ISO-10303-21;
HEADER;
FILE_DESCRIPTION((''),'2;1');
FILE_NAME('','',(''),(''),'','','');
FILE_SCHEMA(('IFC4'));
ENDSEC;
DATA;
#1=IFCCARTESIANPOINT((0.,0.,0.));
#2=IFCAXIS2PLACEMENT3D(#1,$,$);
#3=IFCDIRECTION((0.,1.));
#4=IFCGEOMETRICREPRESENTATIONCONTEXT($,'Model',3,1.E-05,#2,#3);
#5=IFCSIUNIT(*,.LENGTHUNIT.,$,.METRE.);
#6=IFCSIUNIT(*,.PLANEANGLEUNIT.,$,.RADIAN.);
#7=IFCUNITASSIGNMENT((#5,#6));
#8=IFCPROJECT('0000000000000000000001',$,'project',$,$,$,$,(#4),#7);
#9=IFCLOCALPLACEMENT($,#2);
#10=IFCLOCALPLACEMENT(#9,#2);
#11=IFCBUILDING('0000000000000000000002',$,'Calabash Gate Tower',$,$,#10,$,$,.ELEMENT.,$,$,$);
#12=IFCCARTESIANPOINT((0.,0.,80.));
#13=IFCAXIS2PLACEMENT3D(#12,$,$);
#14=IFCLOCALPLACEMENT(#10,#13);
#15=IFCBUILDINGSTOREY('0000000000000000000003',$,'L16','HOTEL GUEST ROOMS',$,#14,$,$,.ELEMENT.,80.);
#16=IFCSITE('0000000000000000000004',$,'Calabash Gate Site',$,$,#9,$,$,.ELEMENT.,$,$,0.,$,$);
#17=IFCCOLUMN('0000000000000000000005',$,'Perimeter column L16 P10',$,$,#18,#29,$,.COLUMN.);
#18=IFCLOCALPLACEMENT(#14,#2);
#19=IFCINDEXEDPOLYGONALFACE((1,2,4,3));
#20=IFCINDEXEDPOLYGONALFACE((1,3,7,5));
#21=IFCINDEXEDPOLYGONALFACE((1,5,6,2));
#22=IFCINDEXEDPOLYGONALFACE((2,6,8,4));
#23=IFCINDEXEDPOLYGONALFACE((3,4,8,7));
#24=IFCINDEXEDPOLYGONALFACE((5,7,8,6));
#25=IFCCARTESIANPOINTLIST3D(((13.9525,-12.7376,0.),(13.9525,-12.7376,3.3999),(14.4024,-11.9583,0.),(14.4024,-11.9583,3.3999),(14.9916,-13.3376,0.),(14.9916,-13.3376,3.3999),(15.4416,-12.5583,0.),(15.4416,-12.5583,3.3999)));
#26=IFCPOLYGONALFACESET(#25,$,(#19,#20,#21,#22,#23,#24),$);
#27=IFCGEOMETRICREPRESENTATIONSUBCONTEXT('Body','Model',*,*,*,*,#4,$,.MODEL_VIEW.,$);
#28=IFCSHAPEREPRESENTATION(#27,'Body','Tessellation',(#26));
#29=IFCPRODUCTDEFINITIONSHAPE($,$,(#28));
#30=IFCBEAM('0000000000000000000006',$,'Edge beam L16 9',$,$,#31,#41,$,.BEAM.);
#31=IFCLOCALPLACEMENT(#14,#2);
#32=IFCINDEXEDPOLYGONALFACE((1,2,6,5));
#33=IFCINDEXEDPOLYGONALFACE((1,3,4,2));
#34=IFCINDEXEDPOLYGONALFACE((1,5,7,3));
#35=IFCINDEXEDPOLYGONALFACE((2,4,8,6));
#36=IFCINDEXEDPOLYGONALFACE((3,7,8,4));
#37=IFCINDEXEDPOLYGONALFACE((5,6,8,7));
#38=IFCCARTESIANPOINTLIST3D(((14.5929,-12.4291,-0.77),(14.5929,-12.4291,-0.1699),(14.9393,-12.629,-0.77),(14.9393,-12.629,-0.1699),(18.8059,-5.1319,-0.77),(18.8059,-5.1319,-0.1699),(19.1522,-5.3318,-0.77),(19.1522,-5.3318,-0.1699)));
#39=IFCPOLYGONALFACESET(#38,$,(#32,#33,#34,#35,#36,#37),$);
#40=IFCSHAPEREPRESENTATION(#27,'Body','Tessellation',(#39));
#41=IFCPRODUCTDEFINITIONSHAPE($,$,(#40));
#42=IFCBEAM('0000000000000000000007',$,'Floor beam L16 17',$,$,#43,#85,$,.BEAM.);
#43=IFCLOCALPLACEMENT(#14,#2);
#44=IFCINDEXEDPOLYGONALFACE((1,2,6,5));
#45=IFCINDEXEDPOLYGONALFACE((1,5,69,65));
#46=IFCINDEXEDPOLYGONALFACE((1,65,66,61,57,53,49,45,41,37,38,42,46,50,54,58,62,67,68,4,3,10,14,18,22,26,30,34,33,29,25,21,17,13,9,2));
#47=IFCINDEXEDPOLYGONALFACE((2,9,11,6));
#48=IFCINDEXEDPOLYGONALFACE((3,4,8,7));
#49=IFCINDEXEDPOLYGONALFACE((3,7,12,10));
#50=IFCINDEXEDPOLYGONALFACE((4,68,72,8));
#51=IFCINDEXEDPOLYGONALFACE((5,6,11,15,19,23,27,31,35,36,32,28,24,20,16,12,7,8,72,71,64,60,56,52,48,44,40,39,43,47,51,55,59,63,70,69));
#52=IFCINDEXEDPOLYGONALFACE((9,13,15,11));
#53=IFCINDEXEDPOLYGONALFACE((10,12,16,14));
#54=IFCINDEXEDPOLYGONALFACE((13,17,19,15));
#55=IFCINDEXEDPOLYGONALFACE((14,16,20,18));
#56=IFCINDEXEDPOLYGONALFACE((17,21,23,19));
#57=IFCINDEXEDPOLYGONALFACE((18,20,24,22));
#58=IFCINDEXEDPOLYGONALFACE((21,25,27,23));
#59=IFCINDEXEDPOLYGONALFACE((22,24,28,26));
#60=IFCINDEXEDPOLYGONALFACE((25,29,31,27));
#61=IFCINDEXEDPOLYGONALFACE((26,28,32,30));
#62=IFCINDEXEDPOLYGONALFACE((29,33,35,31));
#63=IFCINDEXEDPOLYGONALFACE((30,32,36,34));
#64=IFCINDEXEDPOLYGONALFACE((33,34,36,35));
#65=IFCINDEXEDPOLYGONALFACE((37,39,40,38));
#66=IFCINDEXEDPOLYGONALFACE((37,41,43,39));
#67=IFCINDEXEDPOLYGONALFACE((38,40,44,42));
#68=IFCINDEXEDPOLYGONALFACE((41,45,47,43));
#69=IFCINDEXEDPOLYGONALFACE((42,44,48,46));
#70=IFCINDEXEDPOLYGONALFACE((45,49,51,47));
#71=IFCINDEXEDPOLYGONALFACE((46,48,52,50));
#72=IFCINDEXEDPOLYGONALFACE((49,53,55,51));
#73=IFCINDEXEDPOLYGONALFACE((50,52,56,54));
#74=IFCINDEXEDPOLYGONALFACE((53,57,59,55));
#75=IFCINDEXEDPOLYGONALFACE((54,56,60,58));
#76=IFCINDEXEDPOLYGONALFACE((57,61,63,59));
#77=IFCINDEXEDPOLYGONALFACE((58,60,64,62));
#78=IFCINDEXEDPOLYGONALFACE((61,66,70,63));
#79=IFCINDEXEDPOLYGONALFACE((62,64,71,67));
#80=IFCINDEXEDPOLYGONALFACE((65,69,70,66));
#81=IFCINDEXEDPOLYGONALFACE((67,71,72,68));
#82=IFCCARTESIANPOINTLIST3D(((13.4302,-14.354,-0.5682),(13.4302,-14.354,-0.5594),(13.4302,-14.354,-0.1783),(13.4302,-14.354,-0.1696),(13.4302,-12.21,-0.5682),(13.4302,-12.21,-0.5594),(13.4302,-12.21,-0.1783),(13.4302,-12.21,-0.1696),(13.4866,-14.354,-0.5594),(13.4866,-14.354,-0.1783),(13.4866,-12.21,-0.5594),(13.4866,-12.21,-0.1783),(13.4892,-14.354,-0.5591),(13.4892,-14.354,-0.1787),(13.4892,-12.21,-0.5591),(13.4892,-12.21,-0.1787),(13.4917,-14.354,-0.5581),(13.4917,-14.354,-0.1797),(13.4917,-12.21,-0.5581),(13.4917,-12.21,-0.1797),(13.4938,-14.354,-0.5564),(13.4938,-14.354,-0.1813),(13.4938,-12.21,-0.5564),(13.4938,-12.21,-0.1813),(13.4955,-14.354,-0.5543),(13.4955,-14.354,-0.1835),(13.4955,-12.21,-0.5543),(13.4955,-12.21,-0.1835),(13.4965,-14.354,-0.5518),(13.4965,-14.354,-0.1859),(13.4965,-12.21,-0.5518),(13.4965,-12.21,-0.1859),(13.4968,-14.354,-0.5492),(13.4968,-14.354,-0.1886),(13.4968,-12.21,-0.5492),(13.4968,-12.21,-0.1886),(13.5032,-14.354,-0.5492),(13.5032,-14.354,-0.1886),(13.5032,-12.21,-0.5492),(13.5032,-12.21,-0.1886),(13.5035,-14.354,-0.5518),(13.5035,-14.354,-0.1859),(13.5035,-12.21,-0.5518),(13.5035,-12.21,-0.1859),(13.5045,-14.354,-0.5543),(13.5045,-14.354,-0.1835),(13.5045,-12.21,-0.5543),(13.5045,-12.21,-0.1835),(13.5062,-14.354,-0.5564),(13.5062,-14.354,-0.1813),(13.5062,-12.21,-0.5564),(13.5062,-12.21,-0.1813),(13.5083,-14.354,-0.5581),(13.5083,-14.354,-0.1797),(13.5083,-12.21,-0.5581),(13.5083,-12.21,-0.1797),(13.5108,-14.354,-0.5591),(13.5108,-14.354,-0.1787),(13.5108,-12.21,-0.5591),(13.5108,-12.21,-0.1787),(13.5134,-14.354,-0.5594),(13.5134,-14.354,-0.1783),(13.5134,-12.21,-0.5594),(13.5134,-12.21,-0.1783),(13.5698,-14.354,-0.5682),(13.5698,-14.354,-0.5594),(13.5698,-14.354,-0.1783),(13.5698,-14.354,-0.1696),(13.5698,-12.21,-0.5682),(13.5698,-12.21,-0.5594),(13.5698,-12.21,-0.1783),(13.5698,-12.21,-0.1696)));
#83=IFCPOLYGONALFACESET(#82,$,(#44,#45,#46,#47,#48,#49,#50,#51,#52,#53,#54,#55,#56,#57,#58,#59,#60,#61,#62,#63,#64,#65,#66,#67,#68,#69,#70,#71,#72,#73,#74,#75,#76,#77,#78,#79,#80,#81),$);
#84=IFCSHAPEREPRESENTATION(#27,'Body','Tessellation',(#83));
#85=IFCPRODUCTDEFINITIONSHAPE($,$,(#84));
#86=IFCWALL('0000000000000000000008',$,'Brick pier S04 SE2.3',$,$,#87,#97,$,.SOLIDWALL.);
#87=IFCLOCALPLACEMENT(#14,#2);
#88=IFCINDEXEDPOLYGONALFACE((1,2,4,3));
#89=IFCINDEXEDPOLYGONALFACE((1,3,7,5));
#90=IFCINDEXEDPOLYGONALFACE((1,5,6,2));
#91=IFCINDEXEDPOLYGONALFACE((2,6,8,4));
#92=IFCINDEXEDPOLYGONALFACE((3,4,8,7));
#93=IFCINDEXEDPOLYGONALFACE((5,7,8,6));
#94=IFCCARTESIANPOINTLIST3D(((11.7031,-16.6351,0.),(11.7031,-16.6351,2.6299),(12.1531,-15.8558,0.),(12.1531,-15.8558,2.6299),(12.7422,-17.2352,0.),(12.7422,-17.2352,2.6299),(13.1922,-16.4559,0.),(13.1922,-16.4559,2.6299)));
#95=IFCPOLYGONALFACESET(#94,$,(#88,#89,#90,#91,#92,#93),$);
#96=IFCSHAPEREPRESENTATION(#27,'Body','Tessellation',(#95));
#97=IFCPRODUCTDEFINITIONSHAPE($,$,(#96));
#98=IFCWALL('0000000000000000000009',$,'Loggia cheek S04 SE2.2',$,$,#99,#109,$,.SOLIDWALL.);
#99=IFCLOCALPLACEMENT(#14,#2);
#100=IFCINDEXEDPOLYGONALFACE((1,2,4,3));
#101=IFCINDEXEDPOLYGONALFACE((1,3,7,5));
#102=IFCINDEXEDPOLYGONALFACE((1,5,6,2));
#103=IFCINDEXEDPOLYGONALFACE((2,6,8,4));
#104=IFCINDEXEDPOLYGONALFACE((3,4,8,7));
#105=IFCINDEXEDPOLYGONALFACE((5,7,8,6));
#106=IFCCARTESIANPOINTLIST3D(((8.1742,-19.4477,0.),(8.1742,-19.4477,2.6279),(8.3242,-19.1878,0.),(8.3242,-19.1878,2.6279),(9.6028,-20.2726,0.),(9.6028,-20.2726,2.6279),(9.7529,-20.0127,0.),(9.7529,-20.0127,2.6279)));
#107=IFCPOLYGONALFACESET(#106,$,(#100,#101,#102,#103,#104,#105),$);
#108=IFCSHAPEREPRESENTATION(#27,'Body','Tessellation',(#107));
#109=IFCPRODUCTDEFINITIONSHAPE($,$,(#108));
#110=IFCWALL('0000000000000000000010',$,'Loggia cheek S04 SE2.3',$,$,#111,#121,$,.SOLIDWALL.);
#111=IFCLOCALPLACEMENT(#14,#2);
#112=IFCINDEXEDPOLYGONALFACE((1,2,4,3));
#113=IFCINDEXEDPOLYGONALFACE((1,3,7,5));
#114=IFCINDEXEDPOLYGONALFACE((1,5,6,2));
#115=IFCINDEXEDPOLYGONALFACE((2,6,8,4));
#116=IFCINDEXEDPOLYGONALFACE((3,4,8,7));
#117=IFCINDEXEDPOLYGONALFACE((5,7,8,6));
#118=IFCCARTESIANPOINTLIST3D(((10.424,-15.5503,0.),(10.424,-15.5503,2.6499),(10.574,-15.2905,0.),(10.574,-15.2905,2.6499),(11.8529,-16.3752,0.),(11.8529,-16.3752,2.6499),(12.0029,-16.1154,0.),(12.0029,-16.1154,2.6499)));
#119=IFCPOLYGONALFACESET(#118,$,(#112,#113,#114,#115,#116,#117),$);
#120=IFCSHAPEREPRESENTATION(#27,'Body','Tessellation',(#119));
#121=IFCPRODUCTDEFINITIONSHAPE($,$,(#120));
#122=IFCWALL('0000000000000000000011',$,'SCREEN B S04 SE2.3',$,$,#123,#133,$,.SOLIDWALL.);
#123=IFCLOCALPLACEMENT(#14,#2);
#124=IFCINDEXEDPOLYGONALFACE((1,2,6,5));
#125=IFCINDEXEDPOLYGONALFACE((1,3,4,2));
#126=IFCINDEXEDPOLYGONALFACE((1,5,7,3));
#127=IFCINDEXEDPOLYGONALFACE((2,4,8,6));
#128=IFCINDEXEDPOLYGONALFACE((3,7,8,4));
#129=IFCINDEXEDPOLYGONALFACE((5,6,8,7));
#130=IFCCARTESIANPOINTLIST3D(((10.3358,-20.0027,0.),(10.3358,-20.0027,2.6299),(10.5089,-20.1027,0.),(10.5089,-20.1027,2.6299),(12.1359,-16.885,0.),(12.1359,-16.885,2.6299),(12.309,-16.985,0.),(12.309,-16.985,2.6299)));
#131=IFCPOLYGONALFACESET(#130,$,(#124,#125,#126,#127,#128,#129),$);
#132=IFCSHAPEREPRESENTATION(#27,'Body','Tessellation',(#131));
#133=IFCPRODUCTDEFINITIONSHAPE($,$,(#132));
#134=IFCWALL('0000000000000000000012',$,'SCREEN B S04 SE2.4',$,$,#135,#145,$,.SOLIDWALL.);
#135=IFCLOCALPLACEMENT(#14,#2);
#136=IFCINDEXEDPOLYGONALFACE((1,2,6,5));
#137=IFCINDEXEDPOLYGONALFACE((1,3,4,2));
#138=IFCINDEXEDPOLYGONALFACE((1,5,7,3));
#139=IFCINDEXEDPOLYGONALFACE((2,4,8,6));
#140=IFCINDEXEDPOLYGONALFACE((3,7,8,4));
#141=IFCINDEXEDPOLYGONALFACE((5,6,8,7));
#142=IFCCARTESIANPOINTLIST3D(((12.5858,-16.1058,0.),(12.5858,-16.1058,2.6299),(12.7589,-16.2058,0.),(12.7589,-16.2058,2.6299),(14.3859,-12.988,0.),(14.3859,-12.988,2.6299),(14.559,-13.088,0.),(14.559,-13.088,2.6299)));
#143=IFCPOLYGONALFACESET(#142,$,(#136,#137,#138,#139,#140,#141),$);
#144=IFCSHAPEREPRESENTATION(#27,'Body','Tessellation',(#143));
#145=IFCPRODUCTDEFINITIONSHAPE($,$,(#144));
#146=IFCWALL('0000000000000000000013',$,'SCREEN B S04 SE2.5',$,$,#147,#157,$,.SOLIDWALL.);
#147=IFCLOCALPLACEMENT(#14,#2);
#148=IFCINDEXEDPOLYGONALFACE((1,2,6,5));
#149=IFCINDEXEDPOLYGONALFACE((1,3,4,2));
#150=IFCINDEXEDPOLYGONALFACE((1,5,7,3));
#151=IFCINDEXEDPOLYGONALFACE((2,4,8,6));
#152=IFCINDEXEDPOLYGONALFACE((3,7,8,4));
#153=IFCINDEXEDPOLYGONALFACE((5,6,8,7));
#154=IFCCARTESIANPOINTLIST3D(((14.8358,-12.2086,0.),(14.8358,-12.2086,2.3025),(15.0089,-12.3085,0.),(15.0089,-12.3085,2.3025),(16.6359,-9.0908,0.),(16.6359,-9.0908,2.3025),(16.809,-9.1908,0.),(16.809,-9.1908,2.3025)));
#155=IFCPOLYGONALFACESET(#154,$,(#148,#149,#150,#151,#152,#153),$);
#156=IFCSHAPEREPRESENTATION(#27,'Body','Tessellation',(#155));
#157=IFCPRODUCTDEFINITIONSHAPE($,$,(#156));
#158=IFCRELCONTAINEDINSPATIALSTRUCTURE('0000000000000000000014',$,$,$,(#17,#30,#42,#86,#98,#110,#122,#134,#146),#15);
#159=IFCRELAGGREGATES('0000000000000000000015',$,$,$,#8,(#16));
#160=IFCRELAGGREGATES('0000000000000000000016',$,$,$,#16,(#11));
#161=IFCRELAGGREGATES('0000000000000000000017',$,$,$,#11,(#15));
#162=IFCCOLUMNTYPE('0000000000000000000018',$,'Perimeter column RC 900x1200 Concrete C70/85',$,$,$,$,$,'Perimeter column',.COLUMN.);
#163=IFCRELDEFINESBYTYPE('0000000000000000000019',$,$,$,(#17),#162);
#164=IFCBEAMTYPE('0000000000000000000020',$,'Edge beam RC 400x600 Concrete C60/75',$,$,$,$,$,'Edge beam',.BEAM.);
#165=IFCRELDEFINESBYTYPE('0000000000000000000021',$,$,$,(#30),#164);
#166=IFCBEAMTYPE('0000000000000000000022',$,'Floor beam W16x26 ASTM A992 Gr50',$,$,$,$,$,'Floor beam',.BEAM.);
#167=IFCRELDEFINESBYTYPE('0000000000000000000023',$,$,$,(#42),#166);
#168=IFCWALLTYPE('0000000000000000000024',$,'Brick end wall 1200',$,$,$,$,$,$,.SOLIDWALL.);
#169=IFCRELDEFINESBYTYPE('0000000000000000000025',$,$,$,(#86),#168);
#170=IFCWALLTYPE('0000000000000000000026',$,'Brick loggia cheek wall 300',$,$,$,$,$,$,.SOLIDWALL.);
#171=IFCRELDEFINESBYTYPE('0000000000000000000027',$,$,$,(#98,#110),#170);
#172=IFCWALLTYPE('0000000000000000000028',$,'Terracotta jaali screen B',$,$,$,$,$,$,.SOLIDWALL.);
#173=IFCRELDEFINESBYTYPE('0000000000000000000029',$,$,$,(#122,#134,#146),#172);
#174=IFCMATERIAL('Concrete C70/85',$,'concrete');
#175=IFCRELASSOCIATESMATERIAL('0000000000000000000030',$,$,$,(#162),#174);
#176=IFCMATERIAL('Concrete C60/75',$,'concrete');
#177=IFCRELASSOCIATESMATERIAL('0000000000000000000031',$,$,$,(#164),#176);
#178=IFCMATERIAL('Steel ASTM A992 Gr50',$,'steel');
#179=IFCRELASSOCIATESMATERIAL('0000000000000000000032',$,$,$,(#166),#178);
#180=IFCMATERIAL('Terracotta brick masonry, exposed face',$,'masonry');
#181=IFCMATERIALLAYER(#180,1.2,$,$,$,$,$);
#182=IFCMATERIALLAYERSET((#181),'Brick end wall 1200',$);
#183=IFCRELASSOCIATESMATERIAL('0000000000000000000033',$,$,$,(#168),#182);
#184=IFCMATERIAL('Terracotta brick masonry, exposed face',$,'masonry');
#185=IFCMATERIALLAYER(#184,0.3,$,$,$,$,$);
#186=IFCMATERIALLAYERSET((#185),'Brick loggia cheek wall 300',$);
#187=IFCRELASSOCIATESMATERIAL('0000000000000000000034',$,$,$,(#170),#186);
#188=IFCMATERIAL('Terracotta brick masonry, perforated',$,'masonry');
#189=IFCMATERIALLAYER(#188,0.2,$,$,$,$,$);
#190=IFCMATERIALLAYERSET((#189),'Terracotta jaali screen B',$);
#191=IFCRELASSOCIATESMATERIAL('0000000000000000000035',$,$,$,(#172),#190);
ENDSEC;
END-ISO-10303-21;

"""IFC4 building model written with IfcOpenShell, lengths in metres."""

from ifc_helpers import new_model, si_unit, direction, frame, frame_2d, origin, origin_2d, place, context, subcontext, project, spatial, rectangle, i_section, extrude, material, layer, layer_set, material_profile, profile_set, type_object, element, save


model = new_model("IFC4")

# Units and contexts
model_context = context("Model", 3, precision=1e-05, world=origin(), true_north=direction((0.0, 1.0)))
body_context = subcontext(model_context, "Body", "Model", "MODEL_VIEW")
ifc_project = project(units=[si_unit("LENGTHUNIT", "METRE"), si_unit("PLANEANGLEUNIT", "RADIAN")], contexts=[model_context])

# Site, building, storey
site_placement = place(None, origin())
site = spatial("IfcSite", under=ifc_project, at=site_placement, Name="Calabash Gate Site", CompositionType="ELEMENT", RefElevation=0.0)
building_placement = place(site_placement, origin())
building = spatial("IfcBuilding", under=site, at=building_placement, Name="Calabash Gate Tower", CompositionType="ELEMENT")
storey_placement = place(building_placement, frame((0.0, 0.0, 80.0)))
storey = spatial("IfcBuildingStorey", under=building, at=storey_placement, Name="L16", Description="HOTEL GUEST ROOMS", CompositionType="ELEMENT", Elevation=80.0)

# Column
ifc_material_1 = material(Name="Concrete C70/85", Category="concrete")
ifc_material_profile_1 = material_profile(ifc_material_1, rectangle(XDim=0.8999, YDim=1.2, at=origin_2d()))
ifc_profile_set_1 = profile_set([ifc_material_profile_1], Name="Concrete C70/85")
column_type = type_object("IfcColumnType", Name="Perimeter column RC 900x1200 Concrete C70/85", ElementType="Perimeter column", PredefinedType="COLUMN", material=ifc_profile_set_1)
column_placement = place(storey_placement, frame((14.697, -12.6479, 0.0), z_axis=(0.0, 0.0, 1.0), x_axis=(0.5, 0.866025, 0.0)))
element("IfcColumn", 1, at=column_placement, inside=storey, type_object=column_type, Name="Perimeter column L16 P10", PredefinedType="COLUMN", context=body_context, shape_type="SweptSolid", body=[
    extrude(rectangle(XDim=0.8999, YDim=1.2, at=origin_2d()), origin(), (0.0, 0.0, 1.0), 3.3999),
])

# Beams
ifc_material_2 = material(Name="Concrete C60/75", Category="concrete")
ifc_material_profile_2 = material_profile(ifc_material_2, rectangle(XDim=0.3999, YDim=0.6001, at=origin_2d()))
ifc_profile_set_2 = profile_set([ifc_material_profile_2], Name="Concrete C60/75")
beam_type_1 = type_object("IfcBeamType", Name="Edge beam RC 400x600 Concrete C60/75", ElementType="Edge beam", PredefinedType="BEAM", material=ifc_profile_set_2)
beam_1_placement = place(storey_placement, frame((14.7661, -12.5291, -0.47), z_axis=(0.499991, 0.866031, 0.0), x_axis=(-0.866031, 0.499991, 0.0)))
element("IfcBeam", 2, at=beam_1_placement, inside=storey, type_object=beam_type_1, Name="Edge beam L16 9", PredefinedType="BEAM", context=body_context, shape_type="SweptSolid", body=[
    extrude(rectangle(XDim=0.3999, YDim=0.6001, at=origin_2d()), origin(), (0.0, 0.0, 1.0), 8.426),
])
ifc_material_3 = material(Name="Steel ASTM A992 Gr50", Category="steel")
ifc_material_profile_3 = material_profile(ifc_material_3, i_section(OverallWidth=0.1396, OverallDepth=0.3987, WebThickness=0.0063, FlangeThickness=0.0088, FilletRadius=0.0103, at=origin_2d()))
ifc_profile_set_3 = profile_set([ifc_material_profile_3], Name="Steel ASTM A992 Gr50")
beam_type_2 = type_object("IfcBeamType", Name="Floor beam W16x26 ASTM A992 Gr50", ElementType="Floor beam", PredefinedType="BEAM", material=ifc_profile_set_3)
beam_2_placement = place(storey_placement, frame((13.5, -14.354, -0.3689), z_axis=(0.0, 1.0, 0.0), x_axis=(-1.0, 0.0, 0.0)))
element("IfcBeam", 3, at=beam_2_placement, inside=storey, type_object=beam_type_2, Name="Floor beam L16 17", PredefinedType="BEAM", context=body_context, shape_type="SweptSolid", body=[
    extrude(i_section(OverallWidth=0.1396, OverallDepth=0.3987, WebThickness=0.0063, FlangeThickness=0.0088, FilletRadius=0.0103, at=origin_2d()), origin(), (0.0, 0.0, 1.0), 2.144),
])

# Walls
ifc_material_4 = material(Name="Terracotta brick masonry, exposed face", Category="masonry")
ifc_layer_1 = layer(ifc_material_4, 1.2)
ifc_layer_set_1 = layer_set([ifc_layer_1], Name="Brick end wall 1200")
wall_type_1 = type_object("IfcWallType", Name="Brick end wall 1200", PredefinedType="SOLIDWALL", material=ifc_layer_set_1)
wall_1_placement = place(storey_placement, frame((11.928, -16.2454, 0.0), z_axis=(0.0, 0.0, 1.0), x_axis=(0.865955, -0.500122, 0.0)))
element("IfcWall", 4, at=wall_1_placement, inside=storey, type_object=wall_type_1, Name="Brick pier S04 SE2.3", PredefinedType="SOLIDWALL", context=body_context, shape_type="SweptSolid", body=[
    extrude(rectangle(XDim=1.2, YDim=0.8999, at=frame_2d((0.6001, 0.0))), origin(), (0.0, 0.0, 1.0), 2.6299),
])
ifc_material_5 = material(Name="Terracotta brick masonry, exposed face", Category="masonry")
ifc_layer_2 = layer(ifc_material_5, 0.3)
ifc_layer_set_2 = layer_set([ifc_layer_2], Name="Brick loggia cheek wall 300")
wall_type_2 = type_object("IfcWallType", Name="Brick loggia cheek wall 300", PredefinedType="SOLIDWALL", material=ifc_layer_set_2)
wall_2_placement = place(storey_placement, frame((9.6777, -20.1426, 0.0), z_axis=(0.0, 0.0, 1.0), x_axis=(-0.866003, 0.500038, 0.0)))
element("IfcWall", 5, at=wall_2_placement, inside=storey, type_object=wall_type_2, Name="Loggia cheek S04 SE2.2", PredefinedType="SOLIDWALL", context=body_context, shape_type="SweptSolid", body=[
    extrude(rectangle(XDim=1.6497, YDim=0.3, at=frame_2d((0.8247, 0.0))), origin(), (0.0, 0.0, 1.0), 2.6279),
])
wall_3_placement = place(storey_placement, frame((10.499, -15.4204, 0.0), z_axis=(0.0, 0.0, 1.0), x_axis=(0.86604, -0.499974, 0.0)))
element("IfcWall", 6, at=wall_3_placement, inside=storey, type_object=wall_type_2, Name="Loggia cheek S04 SE2.3", PredefinedType="SOLIDWALL", context=body_context, shape_type="SweptSolid", body=[
    extrude(rectangle(XDim=1.6499, YDim=0.3, at=frame_2d((0.825, 0.0))), origin(), (0.0, 0.0, 1.0), 2.6499),
])
ifc_material_6 = material(Name="Terracotta brick masonry, perforated", Category="masonry")
ifc_layer_3 = layer(ifc_material_6, 0.2)
ifc_layer_set_3 = layer_set([ifc_layer_3], Name="Terracotta jaali screen B")
wall_type_3 = type_object("IfcWallType", Name="Terracotta jaali screen B", PredefinedType="SOLIDWALL", material=ifc_layer_set_3)
for number, where, z_axis, x_axis, name in (
    (7, (10.4224, -20.0527, 0.0), (0.0, 0.0, 1.0), (0.500012, 0.866018, 0.0), "SCREEN B S04 SE2.3"),
    (8, (12.6724, -16.1558, 0.0), (0.0, 0.0, 1.0), (0.500012, 0.866018, 0.0), "SCREEN B S04 SE2.4"),
):
    element("IfcWall", number, at=place(storey_placement, frame(where, z_axis=z_axis, x_axis=x_axis)), inside=storey, type_object=wall_type_3, Name=name, PredefinedType="SOLIDWALL", context=body_context, shape_type="SweptSolid", body=[
        extrude(rectangle(XDim=3.6001, YDim=0.2, at=frame_2d((1.8, 0.0))), origin(), (0.0, 0.0, 1.0), 2.6299),
    ])
wall_4_placement = place(storey_placement, frame((14.9224, -12.2585, 0.0), z_axis=(0.0, 0.0, 1.0), x_axis=(0.500012, 0.866018, 0.0)))
element("IfcWall", 9, at=wall_4_placement, inside=storey, type_object=wall_type_3, Name="SCREEN B S04 SE2.5", PredefinedType="SOLIDWALL", context=body_context, shape_type="SweptSolid", body=[
    extrude(rectangle(XDim=3.6001, YDim=0.2, at=frame_2d((1.8, 0.0))), origin(), (0.0, 0.0, 1.0), 2.3025),
])

save(model, "model.ifc")
